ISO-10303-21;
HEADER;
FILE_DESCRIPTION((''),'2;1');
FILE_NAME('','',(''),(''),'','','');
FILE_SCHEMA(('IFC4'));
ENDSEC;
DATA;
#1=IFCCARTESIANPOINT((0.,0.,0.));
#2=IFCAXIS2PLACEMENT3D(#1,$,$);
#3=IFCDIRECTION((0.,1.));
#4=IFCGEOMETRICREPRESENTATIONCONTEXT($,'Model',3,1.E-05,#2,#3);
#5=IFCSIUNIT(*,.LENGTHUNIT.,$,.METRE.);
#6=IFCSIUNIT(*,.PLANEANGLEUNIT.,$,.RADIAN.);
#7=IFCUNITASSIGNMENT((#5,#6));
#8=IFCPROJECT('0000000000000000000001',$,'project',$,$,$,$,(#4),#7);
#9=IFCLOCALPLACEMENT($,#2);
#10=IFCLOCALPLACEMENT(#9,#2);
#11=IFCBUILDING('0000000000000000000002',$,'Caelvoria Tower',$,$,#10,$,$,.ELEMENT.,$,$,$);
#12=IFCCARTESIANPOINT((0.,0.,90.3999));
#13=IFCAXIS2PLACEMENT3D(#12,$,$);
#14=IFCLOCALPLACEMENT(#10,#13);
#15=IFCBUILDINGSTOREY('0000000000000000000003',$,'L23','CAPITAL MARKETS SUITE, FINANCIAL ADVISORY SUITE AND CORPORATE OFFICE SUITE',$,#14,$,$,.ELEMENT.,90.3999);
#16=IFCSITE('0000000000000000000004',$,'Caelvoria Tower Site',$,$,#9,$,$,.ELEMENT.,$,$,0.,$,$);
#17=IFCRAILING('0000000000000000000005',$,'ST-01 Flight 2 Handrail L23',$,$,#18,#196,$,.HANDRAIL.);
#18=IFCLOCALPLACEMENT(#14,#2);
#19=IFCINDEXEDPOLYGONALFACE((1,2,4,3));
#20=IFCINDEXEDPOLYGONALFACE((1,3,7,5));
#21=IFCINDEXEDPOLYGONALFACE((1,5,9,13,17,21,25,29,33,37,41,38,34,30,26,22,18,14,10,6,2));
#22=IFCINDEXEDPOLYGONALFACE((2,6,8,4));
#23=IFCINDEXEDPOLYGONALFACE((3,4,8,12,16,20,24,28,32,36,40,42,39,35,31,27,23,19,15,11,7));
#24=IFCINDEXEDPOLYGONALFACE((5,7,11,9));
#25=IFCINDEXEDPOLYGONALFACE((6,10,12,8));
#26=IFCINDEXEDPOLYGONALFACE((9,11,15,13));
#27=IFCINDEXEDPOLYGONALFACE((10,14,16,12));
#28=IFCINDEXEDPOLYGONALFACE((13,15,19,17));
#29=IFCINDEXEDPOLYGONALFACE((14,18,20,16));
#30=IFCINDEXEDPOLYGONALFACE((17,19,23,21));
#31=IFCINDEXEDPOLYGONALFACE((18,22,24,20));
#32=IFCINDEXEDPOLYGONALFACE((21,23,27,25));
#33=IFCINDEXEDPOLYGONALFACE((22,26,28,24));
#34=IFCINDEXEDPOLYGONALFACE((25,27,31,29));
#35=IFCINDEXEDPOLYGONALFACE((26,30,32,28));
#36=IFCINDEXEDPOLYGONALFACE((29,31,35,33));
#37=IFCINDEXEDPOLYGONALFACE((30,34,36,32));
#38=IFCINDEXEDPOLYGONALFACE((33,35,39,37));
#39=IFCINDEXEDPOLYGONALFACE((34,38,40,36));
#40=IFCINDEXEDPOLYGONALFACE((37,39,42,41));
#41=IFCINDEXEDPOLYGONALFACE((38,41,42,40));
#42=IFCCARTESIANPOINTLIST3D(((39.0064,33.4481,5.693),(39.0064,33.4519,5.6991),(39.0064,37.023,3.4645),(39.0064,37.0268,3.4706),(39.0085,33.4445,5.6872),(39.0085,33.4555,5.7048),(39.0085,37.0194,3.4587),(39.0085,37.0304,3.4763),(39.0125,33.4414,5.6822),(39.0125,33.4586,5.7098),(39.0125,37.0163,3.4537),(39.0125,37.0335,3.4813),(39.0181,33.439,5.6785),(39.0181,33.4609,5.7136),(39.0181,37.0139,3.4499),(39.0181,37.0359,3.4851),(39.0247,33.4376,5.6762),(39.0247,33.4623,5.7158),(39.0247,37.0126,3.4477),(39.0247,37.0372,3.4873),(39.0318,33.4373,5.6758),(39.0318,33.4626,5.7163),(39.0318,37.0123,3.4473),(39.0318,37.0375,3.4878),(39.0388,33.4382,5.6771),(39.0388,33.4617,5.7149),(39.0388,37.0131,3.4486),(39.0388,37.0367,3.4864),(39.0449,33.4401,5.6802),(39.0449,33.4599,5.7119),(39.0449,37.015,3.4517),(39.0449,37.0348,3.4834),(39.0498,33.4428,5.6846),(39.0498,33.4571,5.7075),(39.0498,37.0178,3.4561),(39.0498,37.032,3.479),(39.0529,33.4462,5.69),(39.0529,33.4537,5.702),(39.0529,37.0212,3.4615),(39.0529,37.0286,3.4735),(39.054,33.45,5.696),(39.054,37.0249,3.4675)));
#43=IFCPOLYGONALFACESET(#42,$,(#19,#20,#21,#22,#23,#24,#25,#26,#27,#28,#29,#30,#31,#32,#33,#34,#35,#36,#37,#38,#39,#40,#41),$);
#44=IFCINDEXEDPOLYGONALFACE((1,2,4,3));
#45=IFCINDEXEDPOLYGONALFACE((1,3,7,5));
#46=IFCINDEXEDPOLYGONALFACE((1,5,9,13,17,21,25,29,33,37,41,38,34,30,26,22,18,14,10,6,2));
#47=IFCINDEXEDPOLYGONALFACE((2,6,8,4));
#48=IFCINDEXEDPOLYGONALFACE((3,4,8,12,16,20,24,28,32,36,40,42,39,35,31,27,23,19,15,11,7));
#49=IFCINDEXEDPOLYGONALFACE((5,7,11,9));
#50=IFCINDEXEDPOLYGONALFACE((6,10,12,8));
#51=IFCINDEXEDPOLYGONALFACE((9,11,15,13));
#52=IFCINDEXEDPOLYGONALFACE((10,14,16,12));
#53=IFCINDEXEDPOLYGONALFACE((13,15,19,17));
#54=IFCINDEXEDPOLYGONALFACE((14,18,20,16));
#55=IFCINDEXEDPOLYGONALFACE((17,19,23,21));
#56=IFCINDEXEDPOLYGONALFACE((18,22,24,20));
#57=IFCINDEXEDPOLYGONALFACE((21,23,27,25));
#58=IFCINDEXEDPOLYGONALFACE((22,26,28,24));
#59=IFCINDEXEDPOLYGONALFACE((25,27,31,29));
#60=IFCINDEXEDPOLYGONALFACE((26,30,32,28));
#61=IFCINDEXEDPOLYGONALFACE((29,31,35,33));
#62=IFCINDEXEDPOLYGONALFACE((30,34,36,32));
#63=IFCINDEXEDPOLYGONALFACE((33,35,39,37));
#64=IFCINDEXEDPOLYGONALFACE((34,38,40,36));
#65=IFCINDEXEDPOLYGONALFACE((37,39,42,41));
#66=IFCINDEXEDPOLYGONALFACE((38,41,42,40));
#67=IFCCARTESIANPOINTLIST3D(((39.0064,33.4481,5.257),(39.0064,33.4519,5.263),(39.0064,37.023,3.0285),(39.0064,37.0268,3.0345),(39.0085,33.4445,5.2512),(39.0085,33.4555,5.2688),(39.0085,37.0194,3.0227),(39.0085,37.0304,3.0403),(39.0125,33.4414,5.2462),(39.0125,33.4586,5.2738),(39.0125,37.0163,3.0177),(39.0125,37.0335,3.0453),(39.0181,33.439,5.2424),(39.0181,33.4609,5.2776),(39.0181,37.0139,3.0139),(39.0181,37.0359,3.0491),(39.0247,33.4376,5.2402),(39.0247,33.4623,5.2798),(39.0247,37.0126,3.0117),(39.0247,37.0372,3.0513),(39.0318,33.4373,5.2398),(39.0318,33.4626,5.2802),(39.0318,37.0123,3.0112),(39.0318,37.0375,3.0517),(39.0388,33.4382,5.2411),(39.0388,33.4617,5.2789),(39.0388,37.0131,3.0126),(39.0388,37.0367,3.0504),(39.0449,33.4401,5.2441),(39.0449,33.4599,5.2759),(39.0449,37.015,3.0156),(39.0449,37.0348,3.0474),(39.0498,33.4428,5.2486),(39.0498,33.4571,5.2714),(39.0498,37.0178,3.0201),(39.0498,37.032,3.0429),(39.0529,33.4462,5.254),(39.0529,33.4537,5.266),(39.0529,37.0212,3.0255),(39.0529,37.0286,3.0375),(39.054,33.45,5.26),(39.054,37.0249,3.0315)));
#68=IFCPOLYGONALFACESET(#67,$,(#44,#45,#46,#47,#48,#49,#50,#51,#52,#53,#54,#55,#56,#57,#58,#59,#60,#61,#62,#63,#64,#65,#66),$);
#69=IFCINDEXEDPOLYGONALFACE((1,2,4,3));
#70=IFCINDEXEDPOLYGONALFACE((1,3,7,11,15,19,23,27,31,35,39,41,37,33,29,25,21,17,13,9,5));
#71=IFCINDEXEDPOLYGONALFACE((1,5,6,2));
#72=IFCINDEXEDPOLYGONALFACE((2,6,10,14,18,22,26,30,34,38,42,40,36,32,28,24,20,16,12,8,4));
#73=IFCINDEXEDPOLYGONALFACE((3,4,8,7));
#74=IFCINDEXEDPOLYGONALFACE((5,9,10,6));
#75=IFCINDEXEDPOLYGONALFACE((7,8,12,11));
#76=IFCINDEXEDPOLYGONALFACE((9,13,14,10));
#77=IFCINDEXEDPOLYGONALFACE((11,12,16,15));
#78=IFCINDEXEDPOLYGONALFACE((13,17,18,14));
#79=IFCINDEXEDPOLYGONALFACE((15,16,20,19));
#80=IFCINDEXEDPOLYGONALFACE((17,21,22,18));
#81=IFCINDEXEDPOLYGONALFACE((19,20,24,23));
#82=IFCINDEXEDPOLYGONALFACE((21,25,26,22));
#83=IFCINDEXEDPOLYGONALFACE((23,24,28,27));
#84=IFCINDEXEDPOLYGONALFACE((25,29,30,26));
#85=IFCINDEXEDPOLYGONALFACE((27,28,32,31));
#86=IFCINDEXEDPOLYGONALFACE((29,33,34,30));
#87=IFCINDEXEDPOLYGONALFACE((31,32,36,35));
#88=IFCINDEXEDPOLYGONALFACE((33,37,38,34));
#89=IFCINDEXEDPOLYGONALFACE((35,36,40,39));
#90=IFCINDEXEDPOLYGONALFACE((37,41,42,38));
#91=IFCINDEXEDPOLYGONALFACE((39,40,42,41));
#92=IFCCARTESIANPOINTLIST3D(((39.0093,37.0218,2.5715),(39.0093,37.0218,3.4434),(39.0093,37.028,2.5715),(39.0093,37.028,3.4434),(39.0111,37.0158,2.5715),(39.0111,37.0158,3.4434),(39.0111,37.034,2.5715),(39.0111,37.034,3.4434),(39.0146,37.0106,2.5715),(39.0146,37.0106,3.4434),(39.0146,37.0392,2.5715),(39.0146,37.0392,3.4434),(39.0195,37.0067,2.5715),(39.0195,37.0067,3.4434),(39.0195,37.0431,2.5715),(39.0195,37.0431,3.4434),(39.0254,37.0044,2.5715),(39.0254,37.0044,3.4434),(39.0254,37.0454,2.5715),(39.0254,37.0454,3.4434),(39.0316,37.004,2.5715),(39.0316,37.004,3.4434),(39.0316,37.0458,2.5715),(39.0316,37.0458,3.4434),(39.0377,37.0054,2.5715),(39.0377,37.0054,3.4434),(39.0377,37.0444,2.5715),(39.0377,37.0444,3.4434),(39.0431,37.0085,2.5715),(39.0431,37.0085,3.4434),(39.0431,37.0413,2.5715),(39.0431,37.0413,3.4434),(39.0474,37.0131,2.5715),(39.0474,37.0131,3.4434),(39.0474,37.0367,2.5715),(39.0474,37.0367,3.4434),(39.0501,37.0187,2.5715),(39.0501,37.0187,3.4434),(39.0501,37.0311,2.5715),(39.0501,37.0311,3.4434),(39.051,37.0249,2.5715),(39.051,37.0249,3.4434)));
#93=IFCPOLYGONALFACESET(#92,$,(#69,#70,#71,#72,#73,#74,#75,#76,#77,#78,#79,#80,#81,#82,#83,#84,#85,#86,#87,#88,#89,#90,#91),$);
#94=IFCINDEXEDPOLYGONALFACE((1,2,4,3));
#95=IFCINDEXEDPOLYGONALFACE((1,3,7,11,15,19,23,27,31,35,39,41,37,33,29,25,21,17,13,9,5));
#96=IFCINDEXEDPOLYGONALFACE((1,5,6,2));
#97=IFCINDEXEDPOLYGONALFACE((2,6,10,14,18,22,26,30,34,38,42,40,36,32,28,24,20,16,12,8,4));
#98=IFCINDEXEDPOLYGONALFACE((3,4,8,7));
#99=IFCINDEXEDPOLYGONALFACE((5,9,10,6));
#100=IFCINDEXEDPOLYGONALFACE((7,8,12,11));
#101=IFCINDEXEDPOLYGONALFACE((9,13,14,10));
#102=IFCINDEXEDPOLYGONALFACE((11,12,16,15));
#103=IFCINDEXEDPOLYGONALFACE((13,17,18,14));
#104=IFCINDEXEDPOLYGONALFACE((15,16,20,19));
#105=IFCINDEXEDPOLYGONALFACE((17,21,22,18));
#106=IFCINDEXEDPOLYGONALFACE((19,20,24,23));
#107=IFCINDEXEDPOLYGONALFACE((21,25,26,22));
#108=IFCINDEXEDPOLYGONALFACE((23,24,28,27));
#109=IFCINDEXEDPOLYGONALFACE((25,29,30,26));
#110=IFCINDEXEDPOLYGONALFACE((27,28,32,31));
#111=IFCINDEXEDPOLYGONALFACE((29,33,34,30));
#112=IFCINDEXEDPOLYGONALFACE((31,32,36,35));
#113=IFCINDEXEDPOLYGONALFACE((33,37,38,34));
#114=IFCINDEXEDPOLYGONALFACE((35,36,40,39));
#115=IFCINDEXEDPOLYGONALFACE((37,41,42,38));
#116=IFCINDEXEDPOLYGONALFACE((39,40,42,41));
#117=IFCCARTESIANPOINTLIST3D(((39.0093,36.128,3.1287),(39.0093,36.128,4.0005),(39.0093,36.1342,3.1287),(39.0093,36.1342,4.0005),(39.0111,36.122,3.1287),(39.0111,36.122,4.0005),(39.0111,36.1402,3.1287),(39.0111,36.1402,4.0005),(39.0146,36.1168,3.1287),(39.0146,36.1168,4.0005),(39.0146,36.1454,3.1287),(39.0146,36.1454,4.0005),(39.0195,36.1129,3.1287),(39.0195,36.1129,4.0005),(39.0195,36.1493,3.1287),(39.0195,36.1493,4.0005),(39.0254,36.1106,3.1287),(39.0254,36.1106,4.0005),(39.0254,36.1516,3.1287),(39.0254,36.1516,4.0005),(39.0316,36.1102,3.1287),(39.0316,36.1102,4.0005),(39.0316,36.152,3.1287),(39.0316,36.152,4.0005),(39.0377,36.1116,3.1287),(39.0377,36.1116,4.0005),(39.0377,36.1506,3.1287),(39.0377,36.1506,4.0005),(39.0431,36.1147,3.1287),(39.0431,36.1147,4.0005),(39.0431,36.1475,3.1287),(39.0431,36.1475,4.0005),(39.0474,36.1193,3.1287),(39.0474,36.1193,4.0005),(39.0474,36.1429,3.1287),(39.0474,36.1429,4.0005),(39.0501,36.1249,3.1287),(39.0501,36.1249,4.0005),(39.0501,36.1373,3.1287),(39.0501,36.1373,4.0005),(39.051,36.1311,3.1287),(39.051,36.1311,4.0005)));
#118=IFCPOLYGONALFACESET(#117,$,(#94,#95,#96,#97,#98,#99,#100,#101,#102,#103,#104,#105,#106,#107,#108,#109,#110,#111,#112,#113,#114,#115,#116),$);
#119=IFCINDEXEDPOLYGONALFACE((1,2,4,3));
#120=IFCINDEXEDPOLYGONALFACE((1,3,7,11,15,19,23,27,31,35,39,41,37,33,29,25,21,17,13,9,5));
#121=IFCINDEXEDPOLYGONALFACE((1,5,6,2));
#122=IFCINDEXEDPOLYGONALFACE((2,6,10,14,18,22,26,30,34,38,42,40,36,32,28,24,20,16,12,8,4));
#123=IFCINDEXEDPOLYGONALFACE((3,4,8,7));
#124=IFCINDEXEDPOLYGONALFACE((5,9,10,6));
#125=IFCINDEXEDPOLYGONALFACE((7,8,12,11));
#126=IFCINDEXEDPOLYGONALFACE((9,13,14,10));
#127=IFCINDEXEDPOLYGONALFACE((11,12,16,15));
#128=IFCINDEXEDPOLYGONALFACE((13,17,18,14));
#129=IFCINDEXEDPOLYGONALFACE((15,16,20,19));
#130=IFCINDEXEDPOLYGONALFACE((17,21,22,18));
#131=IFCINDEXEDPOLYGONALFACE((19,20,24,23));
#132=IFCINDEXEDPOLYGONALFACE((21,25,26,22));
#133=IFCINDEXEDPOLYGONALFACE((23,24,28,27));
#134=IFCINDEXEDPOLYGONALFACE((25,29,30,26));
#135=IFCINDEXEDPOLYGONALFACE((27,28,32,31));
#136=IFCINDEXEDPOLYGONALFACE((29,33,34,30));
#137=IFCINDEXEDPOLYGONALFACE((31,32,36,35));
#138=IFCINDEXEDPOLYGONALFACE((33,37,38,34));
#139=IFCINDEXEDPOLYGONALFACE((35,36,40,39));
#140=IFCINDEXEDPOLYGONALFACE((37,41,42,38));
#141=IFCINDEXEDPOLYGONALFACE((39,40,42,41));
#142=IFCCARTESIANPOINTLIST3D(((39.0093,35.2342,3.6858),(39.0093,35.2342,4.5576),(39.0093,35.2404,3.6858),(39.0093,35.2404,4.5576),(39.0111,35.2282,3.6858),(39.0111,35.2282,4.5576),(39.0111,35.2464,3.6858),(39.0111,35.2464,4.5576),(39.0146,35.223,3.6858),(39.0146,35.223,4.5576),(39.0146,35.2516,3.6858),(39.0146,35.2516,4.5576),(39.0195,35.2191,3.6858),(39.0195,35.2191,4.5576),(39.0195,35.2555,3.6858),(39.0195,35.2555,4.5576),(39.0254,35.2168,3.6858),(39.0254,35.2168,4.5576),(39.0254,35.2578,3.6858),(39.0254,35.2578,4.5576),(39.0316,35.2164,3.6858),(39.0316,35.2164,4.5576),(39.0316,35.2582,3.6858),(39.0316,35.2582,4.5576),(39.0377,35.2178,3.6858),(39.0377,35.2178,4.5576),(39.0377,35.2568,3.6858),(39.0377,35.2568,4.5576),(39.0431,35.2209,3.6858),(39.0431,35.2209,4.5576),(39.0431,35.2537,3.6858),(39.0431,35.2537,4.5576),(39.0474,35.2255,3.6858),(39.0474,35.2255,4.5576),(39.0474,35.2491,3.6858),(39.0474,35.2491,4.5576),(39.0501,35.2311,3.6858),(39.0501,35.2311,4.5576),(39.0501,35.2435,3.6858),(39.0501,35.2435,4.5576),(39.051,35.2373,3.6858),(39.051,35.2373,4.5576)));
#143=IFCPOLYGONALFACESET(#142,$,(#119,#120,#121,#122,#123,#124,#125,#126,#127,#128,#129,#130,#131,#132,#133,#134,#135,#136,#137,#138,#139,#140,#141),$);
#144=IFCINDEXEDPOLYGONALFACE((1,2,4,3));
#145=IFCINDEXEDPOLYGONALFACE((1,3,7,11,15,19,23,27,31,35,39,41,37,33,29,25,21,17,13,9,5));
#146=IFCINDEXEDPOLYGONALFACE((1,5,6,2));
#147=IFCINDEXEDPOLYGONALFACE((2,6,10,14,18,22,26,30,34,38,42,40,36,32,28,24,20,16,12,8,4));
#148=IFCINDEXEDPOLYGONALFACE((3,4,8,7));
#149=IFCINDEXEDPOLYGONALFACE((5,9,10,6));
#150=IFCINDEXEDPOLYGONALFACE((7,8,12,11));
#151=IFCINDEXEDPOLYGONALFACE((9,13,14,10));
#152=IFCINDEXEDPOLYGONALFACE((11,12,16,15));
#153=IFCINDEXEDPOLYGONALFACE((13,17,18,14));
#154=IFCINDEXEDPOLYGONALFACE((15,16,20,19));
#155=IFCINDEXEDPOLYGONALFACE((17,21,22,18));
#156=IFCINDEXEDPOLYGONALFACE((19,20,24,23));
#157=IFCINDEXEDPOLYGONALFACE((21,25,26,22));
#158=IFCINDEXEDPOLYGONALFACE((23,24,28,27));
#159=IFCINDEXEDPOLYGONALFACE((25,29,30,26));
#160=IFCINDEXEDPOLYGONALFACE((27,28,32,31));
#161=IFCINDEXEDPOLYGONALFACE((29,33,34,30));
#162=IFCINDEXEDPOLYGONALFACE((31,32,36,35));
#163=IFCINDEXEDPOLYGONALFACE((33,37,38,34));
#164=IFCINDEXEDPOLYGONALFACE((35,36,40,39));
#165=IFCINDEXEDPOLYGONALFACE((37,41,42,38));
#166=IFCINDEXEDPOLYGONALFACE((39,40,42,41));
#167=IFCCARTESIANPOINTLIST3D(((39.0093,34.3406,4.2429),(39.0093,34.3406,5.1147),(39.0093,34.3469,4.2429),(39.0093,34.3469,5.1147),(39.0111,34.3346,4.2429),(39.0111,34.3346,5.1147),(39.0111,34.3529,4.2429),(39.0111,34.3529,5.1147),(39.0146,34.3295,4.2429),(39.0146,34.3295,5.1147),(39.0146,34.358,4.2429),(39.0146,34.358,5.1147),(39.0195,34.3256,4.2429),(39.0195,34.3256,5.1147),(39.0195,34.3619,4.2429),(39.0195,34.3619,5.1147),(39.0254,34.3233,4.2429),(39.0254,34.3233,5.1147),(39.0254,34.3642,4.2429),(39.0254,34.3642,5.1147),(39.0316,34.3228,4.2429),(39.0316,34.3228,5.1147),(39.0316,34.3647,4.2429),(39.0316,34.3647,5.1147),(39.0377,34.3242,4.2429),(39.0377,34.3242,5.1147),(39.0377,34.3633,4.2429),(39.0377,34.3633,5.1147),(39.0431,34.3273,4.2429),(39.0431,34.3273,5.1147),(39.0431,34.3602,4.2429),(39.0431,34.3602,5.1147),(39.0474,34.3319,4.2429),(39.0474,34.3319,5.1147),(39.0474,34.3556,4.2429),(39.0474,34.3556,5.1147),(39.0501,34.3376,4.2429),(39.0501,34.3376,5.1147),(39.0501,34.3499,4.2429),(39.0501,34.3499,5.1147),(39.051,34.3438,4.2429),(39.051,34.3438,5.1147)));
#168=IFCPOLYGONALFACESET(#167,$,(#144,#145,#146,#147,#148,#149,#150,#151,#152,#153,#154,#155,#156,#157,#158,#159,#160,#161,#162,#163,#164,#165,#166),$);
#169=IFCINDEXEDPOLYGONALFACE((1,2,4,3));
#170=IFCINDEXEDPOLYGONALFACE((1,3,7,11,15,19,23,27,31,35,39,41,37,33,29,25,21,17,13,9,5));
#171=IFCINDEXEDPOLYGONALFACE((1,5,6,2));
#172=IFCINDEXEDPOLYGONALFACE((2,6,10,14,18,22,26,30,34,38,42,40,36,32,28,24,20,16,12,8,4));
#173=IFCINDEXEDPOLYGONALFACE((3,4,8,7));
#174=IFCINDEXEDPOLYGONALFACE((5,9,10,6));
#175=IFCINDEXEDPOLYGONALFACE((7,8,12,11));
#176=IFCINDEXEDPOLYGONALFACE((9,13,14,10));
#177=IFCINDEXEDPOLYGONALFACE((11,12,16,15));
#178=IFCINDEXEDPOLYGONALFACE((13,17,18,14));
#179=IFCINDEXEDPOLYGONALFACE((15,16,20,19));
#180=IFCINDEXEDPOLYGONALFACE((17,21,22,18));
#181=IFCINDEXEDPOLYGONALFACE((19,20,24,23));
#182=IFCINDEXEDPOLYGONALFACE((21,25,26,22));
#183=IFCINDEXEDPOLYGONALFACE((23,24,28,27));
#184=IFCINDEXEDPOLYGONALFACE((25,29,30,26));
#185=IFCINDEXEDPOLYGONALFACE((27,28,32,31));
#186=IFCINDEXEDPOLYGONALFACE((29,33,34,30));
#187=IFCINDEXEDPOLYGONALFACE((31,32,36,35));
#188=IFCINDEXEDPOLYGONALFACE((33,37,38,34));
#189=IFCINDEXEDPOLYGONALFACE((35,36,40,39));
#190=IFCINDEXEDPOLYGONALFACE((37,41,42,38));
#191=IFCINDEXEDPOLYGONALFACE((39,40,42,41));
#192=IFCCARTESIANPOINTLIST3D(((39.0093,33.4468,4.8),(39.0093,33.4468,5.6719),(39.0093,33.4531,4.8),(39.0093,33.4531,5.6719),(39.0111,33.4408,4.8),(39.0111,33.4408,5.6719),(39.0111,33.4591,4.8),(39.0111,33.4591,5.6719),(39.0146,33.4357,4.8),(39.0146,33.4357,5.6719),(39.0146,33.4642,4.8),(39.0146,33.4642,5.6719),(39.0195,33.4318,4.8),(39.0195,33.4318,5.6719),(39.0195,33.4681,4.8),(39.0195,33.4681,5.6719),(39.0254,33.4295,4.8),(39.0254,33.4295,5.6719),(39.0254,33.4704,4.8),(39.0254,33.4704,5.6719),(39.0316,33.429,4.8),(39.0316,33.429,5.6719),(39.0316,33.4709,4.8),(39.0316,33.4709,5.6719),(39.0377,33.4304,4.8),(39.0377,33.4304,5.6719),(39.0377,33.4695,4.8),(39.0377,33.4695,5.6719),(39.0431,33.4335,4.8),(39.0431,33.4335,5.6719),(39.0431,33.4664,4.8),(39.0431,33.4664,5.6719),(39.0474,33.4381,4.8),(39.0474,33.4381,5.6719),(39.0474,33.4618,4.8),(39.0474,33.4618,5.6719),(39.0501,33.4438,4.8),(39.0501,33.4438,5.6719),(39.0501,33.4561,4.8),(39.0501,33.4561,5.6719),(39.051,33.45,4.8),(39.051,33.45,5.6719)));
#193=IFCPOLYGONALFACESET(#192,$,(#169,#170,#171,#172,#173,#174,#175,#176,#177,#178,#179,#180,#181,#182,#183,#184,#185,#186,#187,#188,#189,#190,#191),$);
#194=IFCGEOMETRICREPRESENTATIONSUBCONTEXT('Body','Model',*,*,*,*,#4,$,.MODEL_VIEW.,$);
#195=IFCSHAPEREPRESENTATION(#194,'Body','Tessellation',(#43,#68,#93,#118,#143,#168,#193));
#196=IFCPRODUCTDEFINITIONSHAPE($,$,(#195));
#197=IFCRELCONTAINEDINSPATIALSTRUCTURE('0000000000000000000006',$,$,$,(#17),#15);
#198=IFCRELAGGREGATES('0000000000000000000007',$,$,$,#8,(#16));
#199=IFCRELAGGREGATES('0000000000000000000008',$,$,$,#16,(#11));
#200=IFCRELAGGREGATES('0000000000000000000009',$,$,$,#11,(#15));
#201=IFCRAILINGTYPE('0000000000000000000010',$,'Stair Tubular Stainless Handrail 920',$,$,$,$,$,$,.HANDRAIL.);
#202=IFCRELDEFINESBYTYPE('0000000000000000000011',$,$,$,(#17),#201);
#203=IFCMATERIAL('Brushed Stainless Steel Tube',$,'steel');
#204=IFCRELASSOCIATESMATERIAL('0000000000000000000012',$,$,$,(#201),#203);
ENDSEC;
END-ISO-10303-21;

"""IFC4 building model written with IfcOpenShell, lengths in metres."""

from ifc_helpers import new_model, si_unit, direction, frame, origin, origin_2d, place, context, subcontext, project, spatial, circle, extrude, material, type_object, element, save


model = new_model("IFC4")

# Units and contexts
model_context = context("Model", 3, precision=1e-05, world=origin(), true_north=direction((0.0, 1.0)))
body_context = subcontext(model_context, "Body", "Model", "MODEL_VIEW")
ifc_project = project(units=[si_unit("LENGTHUNIT", "METRE"), si_unit("PLANEANGLEUNIT", "RADIAN")], contexts=[model_context])

# Site, building, storey
site_placement = place(None, origin())
site = spatial("IfcSite", under=ifc_project, at=site_placement, Name="Caelvoria Tower Site", CompositionType="ELEMENT", RefElevation=0.0)
building_placement = place(site_placement, origin())
building = spatial("IfcBuilding", under=site, at=building_placement, Name="Caelvoria Tower", CompositionType="ELEMENT")
storey_placement = place(building_placement, frame((0.0, 0.0, 90.3999)))
storey = spatial("IfcBuildingStorey", under=building, at=storey_placement, Name="L23", Description="CAPITAL MARKETS SUITE, FINANCIAL ADVISORY SUITE AND CORPORATE OFFICE SUITE", CompositionType="ELEMENT", Elevation=90.3999)

# Railing
ifc_material_1 = material(Name="Brushed Stainless Steel Tube", Category="steel")
railing_type_1 = type_object("IfcRailingType", Name="Stair Tubular Stainless Handrail 920", PredefinedType="HANDRAIL", material=ifc_material_1)
railing_1_placement = place(storey_placement, frame((39.03, 37.0249, 2.5715)))
element("IfcRailing", 1, at=railing_1_placement, inside=storey, type_object=railing_type_1, Name="ST-01 Flight 2 Handrail L23", PredefinedType="HANDRAIL", context=body_context, shape_type="SweptSolid", body=[
    extrude(circle(Radius=0.0239, at=origin_2d()), frame((0.0, 0.0, 0.896), z_axis=(0.0, -0.84862, 0.529004), x_axis=(1.0, 0.0, 0.0)), (0.0, 0.0, 1.0), 4.2126),
    extrude(circle(Radius=0.0239, at=origin_2d()), frame((0.0, 0.0, 0.46), z_axis=(0.0, -0.84862, 0.529004), x_axis=(1.0, 0.0, 0.0)), (0.0, 0.0, 1.0), 4.2126),
    extrude(circle(Radius=0.021, at=origin_2d()), origin(), (0.0, 0.0, 1.0), 0.8718),
    extrude(circle(Radius=0.021, at=origin_2d()), frame((0.0, -0.8938, 0.5571)), (0.0, 0.0, 1.0), 0.8718),
    extrude(circle(Radius=0.021, at=origin_2d()), frame((0.0, -1.7876, 1.1143)), (0.0, 0.0, 1.0), 0.8718),
    extrude(circle(Radius=0.021, at=origin_2d()), frame((0.0, -2.6812, 1.6714)), (0.0, 0.0, 1.0), 0.8718),
    extrude(circle(Radius=0.021, at=origin_2d()), frame((0.0, -3.575, 2.2285)), (0.0, 0.0, 1.0), 0.8718),
])

save(model, "model.ifc")
